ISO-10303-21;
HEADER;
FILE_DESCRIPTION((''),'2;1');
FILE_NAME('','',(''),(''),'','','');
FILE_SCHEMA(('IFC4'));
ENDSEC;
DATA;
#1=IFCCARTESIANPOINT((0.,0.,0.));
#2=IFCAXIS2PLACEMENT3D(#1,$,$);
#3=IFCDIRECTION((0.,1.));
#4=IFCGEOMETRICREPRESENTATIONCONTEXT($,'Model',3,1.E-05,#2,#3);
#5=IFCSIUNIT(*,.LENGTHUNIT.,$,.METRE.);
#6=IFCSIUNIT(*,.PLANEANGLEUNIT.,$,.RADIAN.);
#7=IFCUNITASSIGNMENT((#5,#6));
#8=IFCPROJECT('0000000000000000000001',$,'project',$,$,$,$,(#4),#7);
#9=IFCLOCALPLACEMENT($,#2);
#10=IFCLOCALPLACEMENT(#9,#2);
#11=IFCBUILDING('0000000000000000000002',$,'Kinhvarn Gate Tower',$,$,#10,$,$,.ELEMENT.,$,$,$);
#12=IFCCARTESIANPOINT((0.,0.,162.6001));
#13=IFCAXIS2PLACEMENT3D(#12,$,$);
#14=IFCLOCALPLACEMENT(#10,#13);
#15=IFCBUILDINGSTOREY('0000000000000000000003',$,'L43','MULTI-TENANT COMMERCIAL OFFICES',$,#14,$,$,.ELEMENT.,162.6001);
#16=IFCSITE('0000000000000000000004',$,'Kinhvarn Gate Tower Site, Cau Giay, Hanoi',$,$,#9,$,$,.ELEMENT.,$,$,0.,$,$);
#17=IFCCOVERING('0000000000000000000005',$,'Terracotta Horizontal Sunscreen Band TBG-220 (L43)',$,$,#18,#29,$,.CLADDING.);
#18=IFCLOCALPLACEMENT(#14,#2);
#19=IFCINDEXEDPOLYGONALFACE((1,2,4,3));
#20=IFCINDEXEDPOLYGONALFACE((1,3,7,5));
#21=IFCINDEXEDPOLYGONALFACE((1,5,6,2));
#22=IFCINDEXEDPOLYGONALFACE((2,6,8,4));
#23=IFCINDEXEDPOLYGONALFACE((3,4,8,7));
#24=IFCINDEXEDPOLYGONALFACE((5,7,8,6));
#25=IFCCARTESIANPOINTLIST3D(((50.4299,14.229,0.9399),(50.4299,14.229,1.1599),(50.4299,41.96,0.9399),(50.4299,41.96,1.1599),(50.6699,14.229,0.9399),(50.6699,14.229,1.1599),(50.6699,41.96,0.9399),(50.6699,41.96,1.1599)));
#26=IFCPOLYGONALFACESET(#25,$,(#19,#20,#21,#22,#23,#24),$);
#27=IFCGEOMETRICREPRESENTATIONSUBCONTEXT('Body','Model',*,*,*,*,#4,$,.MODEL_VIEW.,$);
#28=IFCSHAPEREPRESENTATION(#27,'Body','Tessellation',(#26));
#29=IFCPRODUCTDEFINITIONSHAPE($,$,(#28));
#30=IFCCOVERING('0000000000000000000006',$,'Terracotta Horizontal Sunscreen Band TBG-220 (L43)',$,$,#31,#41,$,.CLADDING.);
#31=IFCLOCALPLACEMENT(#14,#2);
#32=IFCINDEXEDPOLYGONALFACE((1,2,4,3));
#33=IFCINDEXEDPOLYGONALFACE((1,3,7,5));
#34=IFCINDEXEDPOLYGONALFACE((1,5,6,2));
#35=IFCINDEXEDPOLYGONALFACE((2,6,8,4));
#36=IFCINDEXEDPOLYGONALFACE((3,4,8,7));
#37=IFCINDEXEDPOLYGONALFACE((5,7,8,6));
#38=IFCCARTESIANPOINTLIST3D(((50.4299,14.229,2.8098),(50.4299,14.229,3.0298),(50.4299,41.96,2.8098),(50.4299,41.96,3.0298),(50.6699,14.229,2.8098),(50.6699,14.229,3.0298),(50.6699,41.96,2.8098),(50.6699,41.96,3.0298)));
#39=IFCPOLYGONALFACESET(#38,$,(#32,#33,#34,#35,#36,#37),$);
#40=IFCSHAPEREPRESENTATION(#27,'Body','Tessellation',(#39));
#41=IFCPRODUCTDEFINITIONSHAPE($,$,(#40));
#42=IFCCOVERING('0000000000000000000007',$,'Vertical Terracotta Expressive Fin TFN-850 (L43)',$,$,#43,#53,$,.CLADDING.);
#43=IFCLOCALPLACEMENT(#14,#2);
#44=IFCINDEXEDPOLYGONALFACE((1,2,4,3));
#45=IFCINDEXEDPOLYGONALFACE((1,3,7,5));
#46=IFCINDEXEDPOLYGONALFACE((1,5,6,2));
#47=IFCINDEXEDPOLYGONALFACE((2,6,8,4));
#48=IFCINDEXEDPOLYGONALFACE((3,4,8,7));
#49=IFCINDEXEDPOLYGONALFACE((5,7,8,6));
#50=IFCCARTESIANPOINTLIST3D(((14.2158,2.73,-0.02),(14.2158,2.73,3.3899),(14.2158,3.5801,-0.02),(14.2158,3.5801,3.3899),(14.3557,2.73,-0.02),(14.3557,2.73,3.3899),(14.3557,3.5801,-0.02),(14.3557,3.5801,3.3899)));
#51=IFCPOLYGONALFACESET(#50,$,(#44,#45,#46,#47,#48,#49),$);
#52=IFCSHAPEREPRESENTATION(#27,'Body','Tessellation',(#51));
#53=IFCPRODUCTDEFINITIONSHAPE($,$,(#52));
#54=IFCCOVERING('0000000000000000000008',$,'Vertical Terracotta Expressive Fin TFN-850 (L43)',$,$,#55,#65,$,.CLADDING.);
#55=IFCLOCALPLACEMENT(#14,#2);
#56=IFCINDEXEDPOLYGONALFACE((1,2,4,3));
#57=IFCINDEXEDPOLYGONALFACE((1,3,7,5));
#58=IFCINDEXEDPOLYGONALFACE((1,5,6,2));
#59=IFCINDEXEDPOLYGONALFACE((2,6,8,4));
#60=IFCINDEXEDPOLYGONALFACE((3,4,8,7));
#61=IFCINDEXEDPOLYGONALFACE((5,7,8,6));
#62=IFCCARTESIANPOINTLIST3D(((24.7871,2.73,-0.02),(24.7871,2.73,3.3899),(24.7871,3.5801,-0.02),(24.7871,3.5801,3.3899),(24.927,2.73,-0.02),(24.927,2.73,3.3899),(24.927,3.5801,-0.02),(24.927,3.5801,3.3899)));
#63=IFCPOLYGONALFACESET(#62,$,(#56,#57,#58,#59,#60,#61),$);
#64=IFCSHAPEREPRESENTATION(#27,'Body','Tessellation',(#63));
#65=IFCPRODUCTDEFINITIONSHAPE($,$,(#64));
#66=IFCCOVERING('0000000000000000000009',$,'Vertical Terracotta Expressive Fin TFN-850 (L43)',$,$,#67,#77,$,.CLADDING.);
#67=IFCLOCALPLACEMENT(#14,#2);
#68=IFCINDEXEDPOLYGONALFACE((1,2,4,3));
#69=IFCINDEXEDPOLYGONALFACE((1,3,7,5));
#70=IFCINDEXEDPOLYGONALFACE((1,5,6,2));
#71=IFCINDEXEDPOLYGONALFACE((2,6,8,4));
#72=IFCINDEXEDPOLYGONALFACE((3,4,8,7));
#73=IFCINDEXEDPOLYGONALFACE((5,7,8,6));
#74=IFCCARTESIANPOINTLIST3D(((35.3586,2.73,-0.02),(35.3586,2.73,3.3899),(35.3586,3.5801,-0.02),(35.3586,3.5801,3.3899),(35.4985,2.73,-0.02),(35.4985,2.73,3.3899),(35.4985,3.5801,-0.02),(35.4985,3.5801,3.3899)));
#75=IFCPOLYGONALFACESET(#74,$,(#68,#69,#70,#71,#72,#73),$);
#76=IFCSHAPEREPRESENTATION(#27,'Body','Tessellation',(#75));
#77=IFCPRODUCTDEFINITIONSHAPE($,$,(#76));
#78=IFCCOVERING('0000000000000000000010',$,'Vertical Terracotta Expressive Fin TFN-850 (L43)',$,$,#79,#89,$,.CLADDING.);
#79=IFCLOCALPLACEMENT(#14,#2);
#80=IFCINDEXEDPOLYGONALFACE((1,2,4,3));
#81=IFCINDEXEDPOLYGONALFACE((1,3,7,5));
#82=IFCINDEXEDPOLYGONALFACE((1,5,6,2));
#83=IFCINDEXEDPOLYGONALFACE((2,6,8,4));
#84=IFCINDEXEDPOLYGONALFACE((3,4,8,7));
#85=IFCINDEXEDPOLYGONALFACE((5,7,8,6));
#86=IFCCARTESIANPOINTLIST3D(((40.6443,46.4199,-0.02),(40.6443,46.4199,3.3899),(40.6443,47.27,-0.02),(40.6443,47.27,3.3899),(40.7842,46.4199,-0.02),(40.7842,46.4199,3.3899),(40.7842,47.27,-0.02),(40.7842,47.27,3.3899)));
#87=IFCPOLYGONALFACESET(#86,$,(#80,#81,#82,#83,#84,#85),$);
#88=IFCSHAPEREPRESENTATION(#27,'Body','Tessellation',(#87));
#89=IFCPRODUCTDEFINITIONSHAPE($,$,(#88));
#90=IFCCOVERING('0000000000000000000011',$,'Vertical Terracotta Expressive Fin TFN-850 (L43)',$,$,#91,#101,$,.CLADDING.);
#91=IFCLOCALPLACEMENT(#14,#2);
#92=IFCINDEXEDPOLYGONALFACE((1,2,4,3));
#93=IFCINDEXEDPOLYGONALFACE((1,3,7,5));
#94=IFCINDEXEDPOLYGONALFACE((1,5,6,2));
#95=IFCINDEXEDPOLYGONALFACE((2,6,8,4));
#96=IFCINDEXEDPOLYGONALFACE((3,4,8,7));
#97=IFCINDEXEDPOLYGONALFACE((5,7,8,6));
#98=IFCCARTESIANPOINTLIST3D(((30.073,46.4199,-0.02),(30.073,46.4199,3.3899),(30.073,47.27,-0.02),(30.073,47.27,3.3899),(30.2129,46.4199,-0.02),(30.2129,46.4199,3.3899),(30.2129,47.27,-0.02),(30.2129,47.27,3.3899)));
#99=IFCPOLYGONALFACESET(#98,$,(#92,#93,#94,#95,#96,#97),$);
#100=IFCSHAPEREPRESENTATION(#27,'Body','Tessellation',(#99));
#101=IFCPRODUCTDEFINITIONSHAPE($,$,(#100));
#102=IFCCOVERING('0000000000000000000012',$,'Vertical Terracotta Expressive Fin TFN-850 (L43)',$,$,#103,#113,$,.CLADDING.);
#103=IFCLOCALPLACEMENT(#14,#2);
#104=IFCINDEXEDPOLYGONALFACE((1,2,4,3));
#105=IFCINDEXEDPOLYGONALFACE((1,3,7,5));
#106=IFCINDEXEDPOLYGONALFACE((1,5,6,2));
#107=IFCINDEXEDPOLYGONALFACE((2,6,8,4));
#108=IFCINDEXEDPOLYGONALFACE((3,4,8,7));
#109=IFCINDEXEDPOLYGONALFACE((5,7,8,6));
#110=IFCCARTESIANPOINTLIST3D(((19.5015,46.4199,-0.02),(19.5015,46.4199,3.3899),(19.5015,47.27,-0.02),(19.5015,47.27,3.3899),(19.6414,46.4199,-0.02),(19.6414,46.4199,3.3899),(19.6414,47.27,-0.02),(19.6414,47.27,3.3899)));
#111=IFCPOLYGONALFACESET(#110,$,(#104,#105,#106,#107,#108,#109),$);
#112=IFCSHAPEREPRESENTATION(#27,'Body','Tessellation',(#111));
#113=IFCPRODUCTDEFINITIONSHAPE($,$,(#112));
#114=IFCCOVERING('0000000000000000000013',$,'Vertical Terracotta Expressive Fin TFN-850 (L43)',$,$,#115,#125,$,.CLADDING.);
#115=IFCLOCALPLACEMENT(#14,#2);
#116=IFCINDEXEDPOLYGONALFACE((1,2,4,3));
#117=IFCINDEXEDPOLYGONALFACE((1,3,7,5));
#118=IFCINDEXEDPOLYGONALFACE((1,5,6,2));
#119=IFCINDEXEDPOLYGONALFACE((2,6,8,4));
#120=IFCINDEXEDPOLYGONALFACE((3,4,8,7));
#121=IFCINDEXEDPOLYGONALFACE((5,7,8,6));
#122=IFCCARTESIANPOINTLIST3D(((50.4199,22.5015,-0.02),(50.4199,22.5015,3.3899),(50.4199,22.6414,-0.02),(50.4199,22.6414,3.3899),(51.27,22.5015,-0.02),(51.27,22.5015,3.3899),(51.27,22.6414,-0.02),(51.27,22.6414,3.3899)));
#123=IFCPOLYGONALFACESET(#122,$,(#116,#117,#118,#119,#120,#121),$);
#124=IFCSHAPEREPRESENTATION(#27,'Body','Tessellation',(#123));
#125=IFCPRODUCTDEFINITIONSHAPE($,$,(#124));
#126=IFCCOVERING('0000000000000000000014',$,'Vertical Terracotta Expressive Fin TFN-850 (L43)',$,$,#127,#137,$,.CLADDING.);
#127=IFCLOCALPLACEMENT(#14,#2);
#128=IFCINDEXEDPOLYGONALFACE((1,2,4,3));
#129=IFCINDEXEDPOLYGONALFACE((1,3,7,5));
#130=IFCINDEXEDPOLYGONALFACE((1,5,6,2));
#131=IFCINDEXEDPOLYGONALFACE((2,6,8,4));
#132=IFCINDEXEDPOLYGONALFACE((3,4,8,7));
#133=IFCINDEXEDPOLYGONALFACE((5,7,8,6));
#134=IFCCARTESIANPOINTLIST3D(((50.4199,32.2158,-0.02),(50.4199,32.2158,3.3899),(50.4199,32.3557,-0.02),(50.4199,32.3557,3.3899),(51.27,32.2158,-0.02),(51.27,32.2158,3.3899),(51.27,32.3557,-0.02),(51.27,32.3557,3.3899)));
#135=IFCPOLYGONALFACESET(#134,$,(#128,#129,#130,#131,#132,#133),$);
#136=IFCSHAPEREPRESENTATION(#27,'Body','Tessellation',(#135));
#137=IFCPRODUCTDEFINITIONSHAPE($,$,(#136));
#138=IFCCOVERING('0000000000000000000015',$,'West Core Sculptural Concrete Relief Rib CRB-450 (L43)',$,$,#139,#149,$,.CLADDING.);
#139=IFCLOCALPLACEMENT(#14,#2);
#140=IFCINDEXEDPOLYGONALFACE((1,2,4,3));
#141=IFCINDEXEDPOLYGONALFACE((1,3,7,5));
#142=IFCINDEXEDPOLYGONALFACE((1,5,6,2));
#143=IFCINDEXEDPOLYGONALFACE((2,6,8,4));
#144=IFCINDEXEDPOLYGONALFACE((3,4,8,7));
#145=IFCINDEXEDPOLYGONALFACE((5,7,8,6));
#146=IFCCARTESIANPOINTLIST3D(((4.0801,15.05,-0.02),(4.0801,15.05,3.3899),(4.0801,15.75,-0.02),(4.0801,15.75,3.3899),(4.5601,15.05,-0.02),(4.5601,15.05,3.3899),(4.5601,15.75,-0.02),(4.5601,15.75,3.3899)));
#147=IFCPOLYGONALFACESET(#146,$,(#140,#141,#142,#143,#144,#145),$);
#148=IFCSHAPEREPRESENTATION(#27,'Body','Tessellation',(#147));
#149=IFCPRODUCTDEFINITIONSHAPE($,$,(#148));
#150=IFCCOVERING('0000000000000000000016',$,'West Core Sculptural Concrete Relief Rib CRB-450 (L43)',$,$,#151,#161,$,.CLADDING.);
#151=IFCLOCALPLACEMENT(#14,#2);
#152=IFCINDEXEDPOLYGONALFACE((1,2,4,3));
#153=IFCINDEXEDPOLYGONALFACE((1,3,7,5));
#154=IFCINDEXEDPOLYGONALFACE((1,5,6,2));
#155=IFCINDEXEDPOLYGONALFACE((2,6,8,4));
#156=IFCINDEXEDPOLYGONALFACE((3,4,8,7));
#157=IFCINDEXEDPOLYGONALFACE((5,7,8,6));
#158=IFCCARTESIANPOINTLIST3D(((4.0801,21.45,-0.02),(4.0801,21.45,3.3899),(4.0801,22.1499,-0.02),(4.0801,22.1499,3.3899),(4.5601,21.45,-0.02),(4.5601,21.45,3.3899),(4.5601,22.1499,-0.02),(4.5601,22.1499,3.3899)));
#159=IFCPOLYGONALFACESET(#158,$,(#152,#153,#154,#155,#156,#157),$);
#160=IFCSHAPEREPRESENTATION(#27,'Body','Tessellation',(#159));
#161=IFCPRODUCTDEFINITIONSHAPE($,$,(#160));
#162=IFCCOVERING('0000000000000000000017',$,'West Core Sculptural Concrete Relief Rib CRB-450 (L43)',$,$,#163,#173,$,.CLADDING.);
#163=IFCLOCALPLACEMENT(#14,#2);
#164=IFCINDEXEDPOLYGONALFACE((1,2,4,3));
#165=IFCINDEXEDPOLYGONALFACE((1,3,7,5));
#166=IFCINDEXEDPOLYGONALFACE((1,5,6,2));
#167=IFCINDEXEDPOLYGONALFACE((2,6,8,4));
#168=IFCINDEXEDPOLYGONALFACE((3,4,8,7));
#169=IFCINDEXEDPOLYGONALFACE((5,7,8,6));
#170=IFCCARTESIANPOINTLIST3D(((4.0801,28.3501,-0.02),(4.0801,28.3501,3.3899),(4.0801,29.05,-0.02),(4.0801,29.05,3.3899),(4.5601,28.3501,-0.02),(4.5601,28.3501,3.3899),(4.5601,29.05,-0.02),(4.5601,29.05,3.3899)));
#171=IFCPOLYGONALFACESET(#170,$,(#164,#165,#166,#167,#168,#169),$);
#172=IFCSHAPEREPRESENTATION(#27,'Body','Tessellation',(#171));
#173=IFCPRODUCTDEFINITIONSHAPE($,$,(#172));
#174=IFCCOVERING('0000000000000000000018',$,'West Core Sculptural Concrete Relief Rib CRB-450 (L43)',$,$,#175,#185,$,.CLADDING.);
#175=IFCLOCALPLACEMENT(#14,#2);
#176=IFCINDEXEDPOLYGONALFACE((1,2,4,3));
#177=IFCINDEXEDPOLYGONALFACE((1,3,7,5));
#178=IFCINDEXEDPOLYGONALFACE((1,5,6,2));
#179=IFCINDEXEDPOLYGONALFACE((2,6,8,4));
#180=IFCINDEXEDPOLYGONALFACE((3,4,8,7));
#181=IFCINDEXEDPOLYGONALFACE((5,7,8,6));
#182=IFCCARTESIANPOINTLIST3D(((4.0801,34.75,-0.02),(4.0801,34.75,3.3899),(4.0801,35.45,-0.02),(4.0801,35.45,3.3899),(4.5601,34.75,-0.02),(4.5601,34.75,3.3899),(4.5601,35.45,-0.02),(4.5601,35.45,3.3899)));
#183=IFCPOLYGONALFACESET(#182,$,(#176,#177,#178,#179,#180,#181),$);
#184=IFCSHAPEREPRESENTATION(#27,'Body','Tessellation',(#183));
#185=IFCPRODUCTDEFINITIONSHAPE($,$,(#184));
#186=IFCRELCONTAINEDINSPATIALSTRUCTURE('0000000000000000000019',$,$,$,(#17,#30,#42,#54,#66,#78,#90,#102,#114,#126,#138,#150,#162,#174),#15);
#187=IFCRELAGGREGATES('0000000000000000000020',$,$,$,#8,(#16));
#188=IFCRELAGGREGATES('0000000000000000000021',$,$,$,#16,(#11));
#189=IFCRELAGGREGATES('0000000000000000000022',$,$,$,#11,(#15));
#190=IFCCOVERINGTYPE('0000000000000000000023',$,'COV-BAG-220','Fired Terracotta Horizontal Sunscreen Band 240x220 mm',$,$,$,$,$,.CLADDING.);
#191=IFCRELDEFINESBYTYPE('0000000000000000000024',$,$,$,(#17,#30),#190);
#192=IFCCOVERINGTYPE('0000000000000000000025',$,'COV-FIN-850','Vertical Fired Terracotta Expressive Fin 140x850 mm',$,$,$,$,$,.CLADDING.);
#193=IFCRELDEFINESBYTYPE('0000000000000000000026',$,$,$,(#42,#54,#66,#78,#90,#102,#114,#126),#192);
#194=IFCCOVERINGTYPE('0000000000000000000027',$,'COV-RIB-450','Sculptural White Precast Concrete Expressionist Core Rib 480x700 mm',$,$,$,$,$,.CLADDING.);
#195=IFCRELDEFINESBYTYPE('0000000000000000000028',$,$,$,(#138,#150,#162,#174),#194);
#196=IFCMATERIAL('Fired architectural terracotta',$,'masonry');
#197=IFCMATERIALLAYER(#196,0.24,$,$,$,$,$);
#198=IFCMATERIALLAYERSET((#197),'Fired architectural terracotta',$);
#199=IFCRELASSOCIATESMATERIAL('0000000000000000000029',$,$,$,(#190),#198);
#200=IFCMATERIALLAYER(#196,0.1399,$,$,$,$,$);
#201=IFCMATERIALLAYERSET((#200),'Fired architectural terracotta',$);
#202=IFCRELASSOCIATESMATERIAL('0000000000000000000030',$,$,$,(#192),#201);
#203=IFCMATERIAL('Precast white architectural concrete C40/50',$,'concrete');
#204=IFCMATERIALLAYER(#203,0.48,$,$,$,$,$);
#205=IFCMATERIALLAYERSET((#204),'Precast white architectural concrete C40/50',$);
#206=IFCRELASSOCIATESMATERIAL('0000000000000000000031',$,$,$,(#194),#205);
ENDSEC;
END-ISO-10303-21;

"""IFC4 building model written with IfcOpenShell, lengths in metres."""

from ifc_helpers import new_model, si_unit, direction, frame, origin, place, context, subcontext, project, spatial, polyline, outline, extrude, material, layer, layer_set, type_object, element, save


model = new_model("IFC4")

# Units and contexts
model_context = context("Model", 3, precision=1e-05, world=origin(), true_north=direction((0.0, 1.0)))
body_context = subcontext(model_context, "Body", "Model", "MODEL_VIEW")
ifc_project = project(units=[si_unit("LENGTHUNIT", "METRE"), si_unit("PLANEANGLEUNIT", "RADIAN")], contexts=[model_context])

# Site, building, storey
site_placement = place(None, origin())
site = spatial("IfcSite", under=ifc_project, at=site_placement, Name="Kinhvarn Gate Tower Site, Cau Giay, Hanoi", CompositionType="ELEMENT", RefElevation=0.0)
building_placement = place(site_placement, origin())
building = spatial("IfcBuilding", under=site, at=building_placement, Name="Kinhvarn Gate Tower", CompositionType="ELEMENT")
storey_placement = place(building_placement, frame((0.0, 0.0, 162.6001)))
storey = spatial("IfcBuildingStorey", under=building, at=storey_placement, Name="L43", Description="MULTI-TENANT COMMERCIAL OFFICES", CompositionType="ELEMENT", Elevation=162.6001)

# Shared definitions
ifc_material_1 = material(Name="Precast white architectural concrete C40/50", Category="concrete")

# Coverings
ifc_material_2 = material(Name="Fired architectural terracotta", Category="masonry")
ifc_layer_1 = layer(ifc_material_2, 0.24)
ifc_layer_set_1 = layer_set([ifc_layer_1], Name="Fired architectural terracotta")
covering_type_1 = type_object("IfcCoveringType", Name="COV-BAG-220", Description="Fired Terracotta Horizontal Sunscreen Band 240x220 mm", PredefinedType="CLADDING", material=ifc_layer_set_1)
for number, where, name in (
    (1, (0.0, 0.0, 0.9399), "Terracotta Horizontal Sunscreen Band TBG-220 (L43)"),
    (2, (0.0, 0.0, 2.8098), "Terracotta Horizontal Sunscreen Band TBG-220 (L43)"),
):
    element("IfcCovering", number, at=place(storey_placement, frame(where)), inside=storey, type_object=covering_type_1, Name=name, PredefinedType="CLADDING", context=body_context, shape_type="SweptSolid", body=[
        extrude(outline(polyline([(50.4299, 14.229), (50.4299, 41.96), (50.6699, 41.96), (50.6699, 14.229), (50.4299, 14.229)])), origin(), (0.0, 0.0, 1.0), 0.22),
    ])
ifc_layer_2 = layer(ifc_material_2, 0.1399)
ifc_layer_set_2 = layer_set([ifc_layer_2], Name="Fired architectural terracotta")
covering_type_2 = type_object("IfcCoveringType", Name="COV-FIN-850", Description="Vertical Fired Terracotta Expressive Fin 140x850 mm", PredefinedType="CLADDING", material=ifc_layer_set_2)
covering_1_placement = place(storey_placement, frame((0.0, 0.0, -0.02)))
element("IfcCovering", 3, at=covering_1_placement, inside=storey, type_object=covering_type_2, Name="Vertical Terracotta Expressive Fin TFN-850 (L43)", PredefinedType="CLADDING", context=body_context, shape_type="SweptSolid", body=[
    extrude(outline(polyline([(14.2158, 3.5801), (14.3557, 3.5801), (14.3557, 2.73), (14.2158, 2.73), (14.2158, 3.5801)])), origin(), (0.0, 0.0, 1.0), 3.4099),
])
covering_2_placement = place(storey_placement, frame((0.0, 0.0, -0.02)))
element("IfcCovering", 4, at=covering_2_placement, inside=storey, type_object=covering_type_2, Name="Vertical Terracotta Expressive Fin TFN-850 (L43)", PredefinedType="CLADDING", context=body_context, shape_type="SweptSolid", body=[
    extrude(outline(polyline([(24.7871, 3.5801), (24.927, 3.5801), (24.927, 2.73), (24.7871, 2.73), (24.7871, 3.5801)])), origin(), (0.0, 0.0, 1.0), 3.4099),
])
covering_3_placement = place(storey_placement, frame((0.0, 0.0, -0.02)))
element("IfcCovering", 5, at=covering_3_placement, inside=storey, type_object=covering_type_2, Name="Vertical Terracotta Expressive Fin TFN-850 (L43)", PredefinedType="CLADDING", context=body_context, shape_type="SweptSolid", body=[
    extrude(outline(polyline([(35.3586, 3.5801), (35.4985, 3.5801), (35.4985, 2.73), (35.3586, 2.73), (35.3586, 3.5801)])), origin(), (0.0, 0.0, 1.0), 3.4099),
])
covering_4_placement = place(storey_placement, frame((0.0, 0.0, -0.02)))
element("IfcCovering", 6, at=covering_4_placement, inside=storey, type_object=covering_type_2, Name="Vertical Terracotta Expressive Fin TFN-850 (L43)", PredefinedType="CLADDING", context=body_context, shape_type="SweptSolid", body=[
    extrude(outline(polyline([(40.7842, 46.4199), (40.6443, 46.4199), (40.6443, 47.27), (40.7842, 47.27), (40.7842, 46.4199)])), origin(), (0.0, 0.0, 1.0), 3.4099),
])
covering_5_placement = place(storey_placement, frame((0.0, 0.0, -0.02)))
element("IfcCovering", 7, at=covering_5_placement, inside=storey, type_object=covering_type_2, Name="Vertical Terracotta Expressive Fin TFN-850 (L43)", PredefinedType="CLADDING", context=body_context, shape_type="SweptSolid", body=[
    extrude(outline(polyline([(30.2129, 46.4199), (30.073, 46.4199), (30.073, 47.27), (30.2129, 47.27), (30.2129, 46.4199)])), origin(), (0.0, 0.0, 1.0), 3.4099),
])
covering_6_placement = place(storey_placement, frame((0.0, 0.0, -0.02)))
element("IfcCovering", 8, at=covering_6_placement, inside=storey, type_object=covering_type_2, Name="Vertical Terracotta Expressive Fin TFN-850 (L43)", PredefinedType="CLADDING", context=body_context, shape_type="SweptSolid", body=[
    extrude(outline(polyline([(19.6414, 46.4199), (19.5015, 46.4199), (19.5015, 47.27), (19.6414, 47.27), (19.6414, 46.4199)])), origin(), (0.0, 0.0, 1.0), 3.4099),
])
covering_7_placement = place(storey_placement, frame((0.0, 0.0, -0.02)))
element("IfcCovering", 9, at=covering_7_placement, inside=storey, type_object=covering_type_2, Name="Vertical Terracotta Expressive Fin TFN-850 (L43)", PredefinedType="CLADDING", context=body_context, shape_type="SweptSolid", body=[
    extrude(outline(polyline([(50.4199, 22.5015), (50.4199, 22.6414), (51.27, 22.6414), (51.27, 22.5015), (50.4199, 22.5015)])), origin(), (0.0, 0.0, 1.0), 3.4099),
])
covering_8_placement = place(storey_placement, frame((0.0, 0.0, -0.02)))
element("IfcCovering", 10, at=covering_8_placement, inside=storey, type_object=covering_type_2, Name="Vertical Terracotta Expressive Fin TFN-850 (L43)", PredefinedType="CLADDING", context=body_context, shape_type="SweptSolid", body=[
    extrude(outline(polyline([(50.4199, 32.2158), (50.4199, 32.3557), (51.27, 32.3557), (51.27, 32.2158), (50.4199, 32.2158)])), origin(), (0.0, 0.0, 1.0), 3.4099),
])
ifc_layer_3 = layer(ifc_material_1, 0.48)
ifc_layer_set_3 = layer_set([ifc_layer_3], Name="Precast white architectural concrete C40/50")
covering_type_3 = type_object("IfcCoveringType", Name="COV-RIB-450", Description="Sculptural White Precast Concrete Expressionist Core Rib 480x700 mm", PredefinedType="CLADDING", material=ifc_layer_set_3)
covering_9_placement = place(storey_placement, frame((0.0, 0.0, -0.02)))
element("IfcCovering", 11, at=covering_9_placement, inside=storey, type_object=covering_type_3, Name="West Core Sculptural Concrete Relief Rib CRB-450 (L43)", PredefinedType="CLADDING", context=body_context, shape_type="SweptSolid", body=[
    extrude(outline(polyline([(4.0801, 15.05), (4.5601, 15.05), (4.5601, 15.75), (4.0801, 15.75), (4.0801, 15.05)])), origin(), (0.0, 0.0, 1.0), 3.4099),
])
covering_10_placement = place(storey_placement, frame((0.0, 0.0, -0.02)))
element("IfcCovering", 12, at=covering_10_placement, inside=storey, type_object=covering_type_3, Name="West Core Sculptural Concrete Relief Rib CRB-450 (L43)", PredefinedType="CLADDING", context=body_context, shape_type="SweptSolid", body=[
    extrude(outline(polyline([(4.0801, 21.45), (4.5601, 21.45), (4.5601, 22.1499), (4.0801, 22.1499), (4.0801, 21.45)])), origin(), (0.0, 0.0, 1.0), 3.4099),
])
covering_11_placement = place(storey_placement, frame((0.0, 0.0, -0.02)))
element("IfcCovering", 13, at=covering_11_placement, inside=storey, type_object=covering_type_3, Name="West Core Sculptural Concrete Relief Rib CRB-450 (L43)", PredefinedType="CLADDING", context=body_context, shape_type="SweptSolid", body=[
    extrude(outline(polyline([(4.0801, 28.3501), (4.5601, 28.3501), (4.5601, 29.05), (4.0801, 29.05), (4.0801, 28.3501)])), origin(), (0.0, 0.0, 1.0), 3.4099),
])
covering_12_placement = place(storey_placement, frame((0.0, 0.0, -0.02)))
element("IfcCovering", 14, at=covering_12_placement, inside=storey, type_object=covering_type_3, Name="West Core Sculptural Concrete Relief Rib CRB-450 (L43)", PredefinedType="CLADDING", context=body_context, shape_type="SweptSolid", body=[
    extrude(outline(polyline([(4.0801, 34.75), (4.5601, 34.75), (4.5601, 35.45), (4.0801, 35.45), (4.0801, 34.75)])), origin(), (0.0, 0.0, 1.0), 3.4099),
])

save(model, "model.ifc")
